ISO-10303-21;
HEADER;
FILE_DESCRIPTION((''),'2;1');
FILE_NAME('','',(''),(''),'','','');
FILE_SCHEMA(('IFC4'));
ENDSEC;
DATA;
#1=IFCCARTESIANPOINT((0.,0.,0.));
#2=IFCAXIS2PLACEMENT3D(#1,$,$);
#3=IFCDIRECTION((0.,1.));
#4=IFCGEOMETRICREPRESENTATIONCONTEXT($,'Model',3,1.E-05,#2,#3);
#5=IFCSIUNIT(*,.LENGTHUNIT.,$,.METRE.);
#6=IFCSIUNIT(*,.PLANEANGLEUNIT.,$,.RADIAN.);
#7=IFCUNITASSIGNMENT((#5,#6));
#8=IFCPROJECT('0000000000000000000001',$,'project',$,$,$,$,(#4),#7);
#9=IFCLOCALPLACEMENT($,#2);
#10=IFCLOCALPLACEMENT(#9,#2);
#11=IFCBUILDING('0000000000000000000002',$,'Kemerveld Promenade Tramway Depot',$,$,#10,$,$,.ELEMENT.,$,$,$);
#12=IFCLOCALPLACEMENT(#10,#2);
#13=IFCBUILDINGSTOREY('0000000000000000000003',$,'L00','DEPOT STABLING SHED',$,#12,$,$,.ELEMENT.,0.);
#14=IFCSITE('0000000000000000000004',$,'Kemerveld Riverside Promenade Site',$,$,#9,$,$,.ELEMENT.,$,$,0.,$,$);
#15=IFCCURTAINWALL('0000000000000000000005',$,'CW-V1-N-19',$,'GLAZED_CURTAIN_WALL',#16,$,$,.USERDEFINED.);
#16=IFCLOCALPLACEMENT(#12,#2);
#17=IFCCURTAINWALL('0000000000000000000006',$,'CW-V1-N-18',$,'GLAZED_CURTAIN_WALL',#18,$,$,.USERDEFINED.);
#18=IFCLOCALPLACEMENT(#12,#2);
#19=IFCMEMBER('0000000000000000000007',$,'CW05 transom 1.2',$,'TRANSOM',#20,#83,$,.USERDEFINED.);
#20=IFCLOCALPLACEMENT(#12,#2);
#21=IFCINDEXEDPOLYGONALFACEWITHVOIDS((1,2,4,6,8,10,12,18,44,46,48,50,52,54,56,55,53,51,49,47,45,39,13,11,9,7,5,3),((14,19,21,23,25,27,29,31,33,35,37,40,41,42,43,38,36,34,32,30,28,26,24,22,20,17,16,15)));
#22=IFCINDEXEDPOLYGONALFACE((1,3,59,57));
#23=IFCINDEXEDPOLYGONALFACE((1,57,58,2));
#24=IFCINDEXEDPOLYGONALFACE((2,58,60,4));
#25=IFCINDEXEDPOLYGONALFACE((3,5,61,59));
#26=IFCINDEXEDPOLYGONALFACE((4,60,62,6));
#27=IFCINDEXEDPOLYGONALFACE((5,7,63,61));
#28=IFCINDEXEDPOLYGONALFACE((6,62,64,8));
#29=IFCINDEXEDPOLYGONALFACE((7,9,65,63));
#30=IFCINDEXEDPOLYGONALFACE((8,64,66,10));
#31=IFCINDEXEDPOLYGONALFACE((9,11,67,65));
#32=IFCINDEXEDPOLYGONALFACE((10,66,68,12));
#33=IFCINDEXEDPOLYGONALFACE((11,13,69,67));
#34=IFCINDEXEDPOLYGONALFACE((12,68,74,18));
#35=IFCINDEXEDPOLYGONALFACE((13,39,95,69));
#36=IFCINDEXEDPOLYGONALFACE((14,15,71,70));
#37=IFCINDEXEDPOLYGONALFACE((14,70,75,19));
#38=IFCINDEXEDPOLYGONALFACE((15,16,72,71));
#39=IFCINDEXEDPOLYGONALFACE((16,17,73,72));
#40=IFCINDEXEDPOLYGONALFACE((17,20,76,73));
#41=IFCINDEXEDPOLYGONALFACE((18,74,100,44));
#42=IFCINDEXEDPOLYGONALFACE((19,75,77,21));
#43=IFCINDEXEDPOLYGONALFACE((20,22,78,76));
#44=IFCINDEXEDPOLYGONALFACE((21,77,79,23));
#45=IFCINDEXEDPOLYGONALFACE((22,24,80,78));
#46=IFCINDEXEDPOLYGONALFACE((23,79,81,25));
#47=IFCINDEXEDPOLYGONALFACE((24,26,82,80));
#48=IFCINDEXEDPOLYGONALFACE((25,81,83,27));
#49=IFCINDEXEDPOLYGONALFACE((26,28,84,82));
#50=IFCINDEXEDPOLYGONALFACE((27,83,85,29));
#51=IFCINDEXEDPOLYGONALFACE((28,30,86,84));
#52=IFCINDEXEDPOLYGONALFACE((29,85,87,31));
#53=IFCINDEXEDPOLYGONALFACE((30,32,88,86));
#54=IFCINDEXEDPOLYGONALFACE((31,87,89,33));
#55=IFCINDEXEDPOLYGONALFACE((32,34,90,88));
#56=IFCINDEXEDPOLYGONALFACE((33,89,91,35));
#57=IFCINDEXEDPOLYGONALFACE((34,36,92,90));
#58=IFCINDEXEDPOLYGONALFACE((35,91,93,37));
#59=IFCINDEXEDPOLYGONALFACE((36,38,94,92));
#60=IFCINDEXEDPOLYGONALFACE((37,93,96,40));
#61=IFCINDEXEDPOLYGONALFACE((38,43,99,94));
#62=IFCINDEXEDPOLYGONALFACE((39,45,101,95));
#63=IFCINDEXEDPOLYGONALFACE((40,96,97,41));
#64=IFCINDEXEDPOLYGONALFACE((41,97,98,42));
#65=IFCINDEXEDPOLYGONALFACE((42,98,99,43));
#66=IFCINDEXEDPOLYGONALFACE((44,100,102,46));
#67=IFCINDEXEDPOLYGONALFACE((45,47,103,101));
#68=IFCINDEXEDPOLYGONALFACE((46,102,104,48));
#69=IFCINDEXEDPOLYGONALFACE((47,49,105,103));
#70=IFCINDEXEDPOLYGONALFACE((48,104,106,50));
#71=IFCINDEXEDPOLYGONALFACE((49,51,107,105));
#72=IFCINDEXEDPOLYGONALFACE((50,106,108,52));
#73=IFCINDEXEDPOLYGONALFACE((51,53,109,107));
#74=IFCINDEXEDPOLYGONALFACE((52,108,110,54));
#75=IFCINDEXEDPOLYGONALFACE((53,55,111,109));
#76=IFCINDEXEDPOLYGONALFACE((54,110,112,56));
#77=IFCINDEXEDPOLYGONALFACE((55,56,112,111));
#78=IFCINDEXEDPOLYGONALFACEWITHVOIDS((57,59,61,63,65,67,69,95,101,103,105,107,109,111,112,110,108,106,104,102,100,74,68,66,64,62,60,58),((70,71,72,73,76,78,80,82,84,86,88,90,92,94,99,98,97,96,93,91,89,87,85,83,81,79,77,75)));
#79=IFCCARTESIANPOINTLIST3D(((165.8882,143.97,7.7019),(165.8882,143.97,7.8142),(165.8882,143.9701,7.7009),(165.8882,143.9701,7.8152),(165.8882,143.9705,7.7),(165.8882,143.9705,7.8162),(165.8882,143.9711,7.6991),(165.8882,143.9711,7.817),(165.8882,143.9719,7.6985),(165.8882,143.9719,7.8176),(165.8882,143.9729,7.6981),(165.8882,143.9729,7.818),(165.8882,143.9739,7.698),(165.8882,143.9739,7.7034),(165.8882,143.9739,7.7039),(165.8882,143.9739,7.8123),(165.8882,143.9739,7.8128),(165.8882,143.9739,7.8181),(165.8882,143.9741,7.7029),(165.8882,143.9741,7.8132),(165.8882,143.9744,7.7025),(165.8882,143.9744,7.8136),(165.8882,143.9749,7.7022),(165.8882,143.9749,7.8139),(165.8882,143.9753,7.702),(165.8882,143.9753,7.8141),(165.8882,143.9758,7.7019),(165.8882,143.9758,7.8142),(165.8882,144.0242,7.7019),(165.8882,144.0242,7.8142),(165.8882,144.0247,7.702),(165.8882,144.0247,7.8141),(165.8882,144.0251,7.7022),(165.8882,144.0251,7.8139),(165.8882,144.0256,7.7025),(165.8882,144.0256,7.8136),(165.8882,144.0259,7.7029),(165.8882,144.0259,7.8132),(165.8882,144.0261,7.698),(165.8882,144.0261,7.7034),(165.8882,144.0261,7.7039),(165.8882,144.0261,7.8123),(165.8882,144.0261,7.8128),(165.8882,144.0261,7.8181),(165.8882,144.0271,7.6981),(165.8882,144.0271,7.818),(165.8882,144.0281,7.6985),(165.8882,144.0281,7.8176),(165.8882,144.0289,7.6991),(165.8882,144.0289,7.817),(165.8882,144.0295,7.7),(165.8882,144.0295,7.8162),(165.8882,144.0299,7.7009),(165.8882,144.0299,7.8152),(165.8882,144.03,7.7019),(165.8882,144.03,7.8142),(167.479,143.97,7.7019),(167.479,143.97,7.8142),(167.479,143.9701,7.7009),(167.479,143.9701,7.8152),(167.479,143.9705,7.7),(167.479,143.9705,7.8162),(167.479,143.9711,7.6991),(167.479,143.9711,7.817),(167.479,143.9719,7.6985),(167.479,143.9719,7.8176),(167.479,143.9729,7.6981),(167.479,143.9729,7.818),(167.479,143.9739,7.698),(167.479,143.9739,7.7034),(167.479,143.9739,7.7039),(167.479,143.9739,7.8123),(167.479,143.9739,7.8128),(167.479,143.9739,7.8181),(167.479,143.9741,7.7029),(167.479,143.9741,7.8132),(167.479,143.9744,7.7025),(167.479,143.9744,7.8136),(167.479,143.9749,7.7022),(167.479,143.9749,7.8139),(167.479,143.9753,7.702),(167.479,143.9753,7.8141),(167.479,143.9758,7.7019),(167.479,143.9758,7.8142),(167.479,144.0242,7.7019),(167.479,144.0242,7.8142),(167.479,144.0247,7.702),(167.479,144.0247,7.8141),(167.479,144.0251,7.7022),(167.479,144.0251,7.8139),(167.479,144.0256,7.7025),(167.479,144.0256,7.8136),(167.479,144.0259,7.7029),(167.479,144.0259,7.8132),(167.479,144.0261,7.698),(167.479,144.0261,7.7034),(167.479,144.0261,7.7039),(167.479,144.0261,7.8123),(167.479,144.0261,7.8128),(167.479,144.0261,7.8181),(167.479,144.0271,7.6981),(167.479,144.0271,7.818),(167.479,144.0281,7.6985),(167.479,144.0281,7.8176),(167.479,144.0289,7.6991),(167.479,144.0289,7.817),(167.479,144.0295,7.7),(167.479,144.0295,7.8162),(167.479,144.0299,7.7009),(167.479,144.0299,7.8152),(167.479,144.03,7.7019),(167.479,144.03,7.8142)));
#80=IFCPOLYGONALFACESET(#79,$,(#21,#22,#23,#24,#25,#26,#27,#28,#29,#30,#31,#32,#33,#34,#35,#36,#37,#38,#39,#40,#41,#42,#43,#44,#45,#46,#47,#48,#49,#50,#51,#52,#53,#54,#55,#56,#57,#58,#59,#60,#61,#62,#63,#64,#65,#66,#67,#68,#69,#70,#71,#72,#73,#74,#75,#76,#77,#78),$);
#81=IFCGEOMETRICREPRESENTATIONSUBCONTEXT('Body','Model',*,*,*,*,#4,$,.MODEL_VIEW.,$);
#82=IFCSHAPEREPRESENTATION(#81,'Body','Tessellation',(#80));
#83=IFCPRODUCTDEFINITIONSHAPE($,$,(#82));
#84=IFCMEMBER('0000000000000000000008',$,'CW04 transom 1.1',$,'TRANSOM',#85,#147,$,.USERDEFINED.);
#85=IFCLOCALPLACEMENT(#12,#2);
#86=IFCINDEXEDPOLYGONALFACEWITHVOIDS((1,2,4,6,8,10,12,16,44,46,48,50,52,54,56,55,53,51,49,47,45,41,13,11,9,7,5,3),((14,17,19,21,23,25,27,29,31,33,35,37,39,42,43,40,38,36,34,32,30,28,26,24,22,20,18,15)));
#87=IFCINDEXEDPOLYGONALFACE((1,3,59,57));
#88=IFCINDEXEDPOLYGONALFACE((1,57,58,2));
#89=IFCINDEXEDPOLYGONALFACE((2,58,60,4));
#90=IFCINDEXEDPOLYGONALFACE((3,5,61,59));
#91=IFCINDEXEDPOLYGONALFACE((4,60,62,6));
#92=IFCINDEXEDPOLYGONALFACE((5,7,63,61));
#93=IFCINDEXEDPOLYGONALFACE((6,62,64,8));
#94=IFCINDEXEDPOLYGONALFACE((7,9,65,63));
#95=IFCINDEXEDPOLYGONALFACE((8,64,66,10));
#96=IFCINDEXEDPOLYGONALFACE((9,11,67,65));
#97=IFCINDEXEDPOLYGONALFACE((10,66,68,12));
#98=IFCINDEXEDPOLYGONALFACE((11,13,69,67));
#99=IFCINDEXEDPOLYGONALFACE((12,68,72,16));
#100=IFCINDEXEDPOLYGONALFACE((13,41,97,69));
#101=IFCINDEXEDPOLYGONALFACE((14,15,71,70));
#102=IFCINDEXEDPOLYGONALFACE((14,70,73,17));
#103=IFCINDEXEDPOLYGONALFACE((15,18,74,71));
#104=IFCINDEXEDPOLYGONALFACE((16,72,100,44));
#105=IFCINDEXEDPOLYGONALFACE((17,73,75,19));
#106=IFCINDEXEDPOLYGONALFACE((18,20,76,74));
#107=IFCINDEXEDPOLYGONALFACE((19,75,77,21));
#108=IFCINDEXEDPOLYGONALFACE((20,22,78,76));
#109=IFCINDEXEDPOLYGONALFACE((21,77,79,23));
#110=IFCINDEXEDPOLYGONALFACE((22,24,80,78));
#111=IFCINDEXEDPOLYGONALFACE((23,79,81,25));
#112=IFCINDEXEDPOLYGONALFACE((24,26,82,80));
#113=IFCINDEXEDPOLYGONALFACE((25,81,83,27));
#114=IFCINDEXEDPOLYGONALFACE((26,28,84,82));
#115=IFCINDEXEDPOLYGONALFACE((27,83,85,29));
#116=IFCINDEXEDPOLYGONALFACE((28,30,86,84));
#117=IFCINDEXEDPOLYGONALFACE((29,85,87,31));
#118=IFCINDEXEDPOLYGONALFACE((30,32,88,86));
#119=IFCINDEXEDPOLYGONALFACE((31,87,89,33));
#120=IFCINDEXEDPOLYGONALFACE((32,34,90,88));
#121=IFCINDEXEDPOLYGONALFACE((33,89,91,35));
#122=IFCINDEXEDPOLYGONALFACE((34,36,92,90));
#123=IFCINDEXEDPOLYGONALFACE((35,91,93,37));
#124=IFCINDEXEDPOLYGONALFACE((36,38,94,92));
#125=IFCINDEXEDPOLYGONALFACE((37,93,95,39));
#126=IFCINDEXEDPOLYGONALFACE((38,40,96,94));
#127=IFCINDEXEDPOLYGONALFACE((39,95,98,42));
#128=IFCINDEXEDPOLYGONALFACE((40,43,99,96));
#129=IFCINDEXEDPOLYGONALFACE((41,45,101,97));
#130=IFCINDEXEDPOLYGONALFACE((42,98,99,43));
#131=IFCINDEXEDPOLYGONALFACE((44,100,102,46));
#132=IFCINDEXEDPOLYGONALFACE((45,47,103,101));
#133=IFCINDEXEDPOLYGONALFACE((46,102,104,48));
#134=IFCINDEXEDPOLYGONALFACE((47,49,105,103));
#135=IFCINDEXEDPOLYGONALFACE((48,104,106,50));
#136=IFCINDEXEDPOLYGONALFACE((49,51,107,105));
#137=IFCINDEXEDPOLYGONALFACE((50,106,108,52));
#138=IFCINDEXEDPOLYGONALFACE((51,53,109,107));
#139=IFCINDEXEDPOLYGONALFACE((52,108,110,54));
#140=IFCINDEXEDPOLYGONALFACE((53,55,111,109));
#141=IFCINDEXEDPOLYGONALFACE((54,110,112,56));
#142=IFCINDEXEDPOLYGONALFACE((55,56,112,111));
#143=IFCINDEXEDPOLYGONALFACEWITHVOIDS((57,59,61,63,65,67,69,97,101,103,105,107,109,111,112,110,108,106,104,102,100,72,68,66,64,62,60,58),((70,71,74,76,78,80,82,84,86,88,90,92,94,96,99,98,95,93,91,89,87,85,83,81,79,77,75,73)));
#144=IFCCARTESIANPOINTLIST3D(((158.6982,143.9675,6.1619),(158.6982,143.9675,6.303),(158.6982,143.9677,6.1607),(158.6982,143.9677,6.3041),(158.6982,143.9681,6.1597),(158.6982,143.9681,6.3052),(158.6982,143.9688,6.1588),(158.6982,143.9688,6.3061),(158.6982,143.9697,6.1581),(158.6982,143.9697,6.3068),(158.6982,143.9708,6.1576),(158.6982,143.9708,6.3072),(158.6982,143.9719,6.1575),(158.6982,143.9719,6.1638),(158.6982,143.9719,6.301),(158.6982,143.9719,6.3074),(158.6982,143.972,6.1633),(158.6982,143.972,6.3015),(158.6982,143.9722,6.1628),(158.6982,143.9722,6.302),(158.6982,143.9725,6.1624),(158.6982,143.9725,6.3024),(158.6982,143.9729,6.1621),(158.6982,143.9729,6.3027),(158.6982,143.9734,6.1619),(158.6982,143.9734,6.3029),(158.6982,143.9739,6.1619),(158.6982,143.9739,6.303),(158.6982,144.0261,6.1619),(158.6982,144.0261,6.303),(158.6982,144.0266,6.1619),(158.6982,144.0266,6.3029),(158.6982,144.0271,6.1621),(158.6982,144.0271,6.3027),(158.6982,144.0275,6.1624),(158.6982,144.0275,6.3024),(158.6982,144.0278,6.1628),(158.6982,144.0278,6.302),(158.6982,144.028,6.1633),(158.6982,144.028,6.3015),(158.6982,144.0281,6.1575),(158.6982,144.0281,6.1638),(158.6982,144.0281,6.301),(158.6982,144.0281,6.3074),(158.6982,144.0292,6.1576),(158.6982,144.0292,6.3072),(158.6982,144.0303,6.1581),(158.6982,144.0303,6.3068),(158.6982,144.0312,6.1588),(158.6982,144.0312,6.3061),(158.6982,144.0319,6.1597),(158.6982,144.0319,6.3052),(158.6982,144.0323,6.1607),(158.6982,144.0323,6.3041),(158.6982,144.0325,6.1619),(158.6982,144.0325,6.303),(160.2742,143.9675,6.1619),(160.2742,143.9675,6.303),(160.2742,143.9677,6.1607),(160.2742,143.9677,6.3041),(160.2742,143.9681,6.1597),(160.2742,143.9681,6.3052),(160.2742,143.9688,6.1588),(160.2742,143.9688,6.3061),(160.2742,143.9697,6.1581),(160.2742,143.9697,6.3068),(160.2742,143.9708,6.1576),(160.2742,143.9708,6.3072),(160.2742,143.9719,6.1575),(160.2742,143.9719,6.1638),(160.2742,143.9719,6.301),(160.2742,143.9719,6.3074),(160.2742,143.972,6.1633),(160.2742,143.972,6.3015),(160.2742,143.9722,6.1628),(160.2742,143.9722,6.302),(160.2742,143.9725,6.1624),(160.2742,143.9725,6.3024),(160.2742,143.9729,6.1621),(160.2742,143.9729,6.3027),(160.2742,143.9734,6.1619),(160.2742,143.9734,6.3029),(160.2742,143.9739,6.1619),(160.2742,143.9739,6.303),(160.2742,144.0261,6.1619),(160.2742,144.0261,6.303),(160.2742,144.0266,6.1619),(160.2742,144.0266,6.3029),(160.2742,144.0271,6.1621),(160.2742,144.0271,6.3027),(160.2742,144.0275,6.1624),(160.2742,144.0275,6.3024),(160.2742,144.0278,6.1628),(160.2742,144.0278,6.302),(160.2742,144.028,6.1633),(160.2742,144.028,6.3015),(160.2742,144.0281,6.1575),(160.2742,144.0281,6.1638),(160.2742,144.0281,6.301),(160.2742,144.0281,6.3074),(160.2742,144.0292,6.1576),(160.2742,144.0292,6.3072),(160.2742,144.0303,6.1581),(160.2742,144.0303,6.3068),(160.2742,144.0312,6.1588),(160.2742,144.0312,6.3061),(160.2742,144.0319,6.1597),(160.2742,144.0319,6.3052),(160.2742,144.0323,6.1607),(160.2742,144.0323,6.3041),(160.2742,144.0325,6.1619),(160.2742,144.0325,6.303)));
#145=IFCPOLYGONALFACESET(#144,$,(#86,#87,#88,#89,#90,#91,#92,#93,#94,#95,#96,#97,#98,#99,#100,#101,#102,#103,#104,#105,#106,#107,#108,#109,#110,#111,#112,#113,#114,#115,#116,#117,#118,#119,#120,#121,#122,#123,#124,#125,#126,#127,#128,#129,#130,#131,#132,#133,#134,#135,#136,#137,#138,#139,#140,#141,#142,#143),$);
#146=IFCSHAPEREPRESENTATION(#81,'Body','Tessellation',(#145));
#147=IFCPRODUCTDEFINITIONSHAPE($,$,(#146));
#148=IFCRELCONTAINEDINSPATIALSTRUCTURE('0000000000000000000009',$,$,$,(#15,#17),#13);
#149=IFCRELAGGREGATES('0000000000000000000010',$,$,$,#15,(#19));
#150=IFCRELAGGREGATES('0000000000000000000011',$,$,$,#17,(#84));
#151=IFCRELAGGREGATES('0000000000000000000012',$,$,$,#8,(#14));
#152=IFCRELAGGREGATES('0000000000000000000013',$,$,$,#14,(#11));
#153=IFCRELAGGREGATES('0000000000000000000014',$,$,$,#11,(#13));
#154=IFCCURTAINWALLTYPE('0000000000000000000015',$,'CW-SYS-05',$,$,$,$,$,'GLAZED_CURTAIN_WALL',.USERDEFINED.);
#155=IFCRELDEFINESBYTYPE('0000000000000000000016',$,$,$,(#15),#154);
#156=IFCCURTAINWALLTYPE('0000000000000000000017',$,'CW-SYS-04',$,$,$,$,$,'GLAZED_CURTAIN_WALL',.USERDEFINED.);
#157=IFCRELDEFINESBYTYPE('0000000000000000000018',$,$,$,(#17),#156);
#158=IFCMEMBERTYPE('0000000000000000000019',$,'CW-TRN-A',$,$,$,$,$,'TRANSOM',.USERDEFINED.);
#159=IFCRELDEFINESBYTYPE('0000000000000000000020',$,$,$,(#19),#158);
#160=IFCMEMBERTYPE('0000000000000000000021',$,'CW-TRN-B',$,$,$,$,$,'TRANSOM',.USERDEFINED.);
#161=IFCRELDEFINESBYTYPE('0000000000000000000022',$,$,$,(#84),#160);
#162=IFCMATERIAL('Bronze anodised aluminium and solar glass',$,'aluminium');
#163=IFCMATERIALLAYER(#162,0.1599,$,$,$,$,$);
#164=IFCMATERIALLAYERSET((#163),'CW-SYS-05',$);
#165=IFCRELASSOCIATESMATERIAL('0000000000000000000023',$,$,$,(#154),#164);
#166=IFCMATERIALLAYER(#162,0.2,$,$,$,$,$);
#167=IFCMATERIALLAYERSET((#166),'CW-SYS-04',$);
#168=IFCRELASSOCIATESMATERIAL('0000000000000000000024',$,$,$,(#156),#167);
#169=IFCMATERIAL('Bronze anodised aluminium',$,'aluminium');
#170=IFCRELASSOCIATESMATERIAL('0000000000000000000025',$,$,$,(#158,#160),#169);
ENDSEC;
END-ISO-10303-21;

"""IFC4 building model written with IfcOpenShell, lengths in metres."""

from ifc_helpers import new_model, si_unit, direction, frame, origin, origin_2d, place, context, subcontext, project, spatial, hollow_rectangle, extrude, material, layer, layer_set, material_profile, profile_set, type_object, element, aggregate, save


model = new_model("IFC4")

# Units and contexts
model_context = context("Model", 3, precision=1e-05, world=origin(), true_north=direction((0.0, 1.0)))
body_context = subcontext(model_context, "Body", "Model", "MODEL_VIEW")
ifc_project = project(units=[si_unit("LENGTHUNIT", "METRE"), si_unit("PLANEANGLEUNIT", "RADIAN")], contexts=[model_context])

# Site, building, storey
site_placement = place(None, origin())
site = spatial("IfcSite", under=ifc_project, at=site_placement, Name="Kemerveld Riverside Promenade Site", CompositionType="ELEMENT", RefElevation=0.0)
building_placement = place(site_placement, origin())
building = spatial("IfcBuilding", under=site, at=building_placement, Name="Kemerveld Promenade Tramway Depot", CompositionType="ELEMENT")
storey_placement = place(building_placement, origin())
storey = spatial("IfcBuildingStorey", under=building, at=storey_placement, Name="L00", Description="DEPOT STABLING SHED", CompositionType="ELEMENT", Elevation=0.0)

# Curtain wall
ifc_material_1 = material(Name="Bronze anodised aluminium and solar glass", Category="aluminium")
ifc_material_2 = material(Name="Bronze anodised aluminium", Category="aluminium")
ifc_layer_1 = layer(ifc_material_1, 0.1599)
ifc_layer_set_1 = layer_set([ifc_layer_1], Name="CW-SYS-05")
curtain_wall_type_1 = type_object("IfcCurtainWallType", Name="CW-SYS-05", ElementType="GLAZED_CURTAIN_WALL", PredefinedType="USERDEFINED", material=ifc_layer_set_1)
curtain_wall_1_placement = place(storey_placement, origin())
curtain_wall_1 = element("IfcCurtainWall", 1, at=curtain_wall_1_placement, inside=storey, type_object=curtain_wall_type_1, Name="CW-V1-N-19", ObjectType="GLAZED_CURTAIN_WALL", PredefinedType="USERDEFINED")

# Curtain wall
ifc_layer_2 = layer(ifc_material_1, 0.2)
ifc_layer_set_2 = layer_set([ifc_layer_2], Name="CW-SYS-04")
curtain_wall_type_2 = type_object("IfcCurtainWallType", Name="CW-SYS-04", ElementType="GLAZED_CURTAIN_WALL", PredefinedType="USERDEFINED", material=ifc_layer_set_2)
curtain_wall_2_placement = place(storey_placement, origin())
curtain_wall_2 = element("IfcCurtainWall", 2, at=curtain_wall_2_placement, inside=storey, type_object=curtain_wall_type_2, Name="CW-V1-N-18", ObjectType="GLAZED_CURTAIN_WALL", PredefinedType="USERDEFINED")

# Members
ifc_material_profile_1 = material_profile(ifc_material_2, hollow_rectangle(XDim=0.0601, YDim=0.1201, WallThickness=0.0039, InnerFilletRadius=0.002, OuterFilletRadius=0.0039, at=origin_2d()), Name="CW-TRN-120x60")
ifc_profile_set_1 = profile_set([ifc_material_profile_1], Name="Bronze anodised aluminium")
member_type_1 = type_object("IfcMemberType", Name="CW-TRN-A", ElementType="TRANSOM", PredefinedType="USERDEFINED", material=ifc_profile_set_1)
member_1_placement = place(storey_placement, frame((165.8882, 144.0, 7.7581), z_axis=(1.0, 0.0, 0.0), x_axis=(0.0, 1.0, 0.0)))
member_1 = element("IfcMember", 3, at=member_1_placement, type_object=member_type_1, Name="CW05 transom 1.2", ObjectType="TRANSOM", PredefinedType="USERDEFINED", context=body_context, shape_type="SweptSolid", body=[
    extrude(hollow_rectangle(XDim=0.0601, YDim=0.1201, WallThickness=0.0039, InnerFilletRadius=0.002, OuterFilletRadius=0.0039, at=origin_2d()), origin(), (0.0, 0.0, 1.0), 1.5908),
])
aggregate(curtain_wall_1, [member_1])
ifc_material_profile_2 = material_profile(ifc_material_2, hollow_rectangle(XDim=0.0649, YDim=0.1499, WallThickness=0.0044, InnerFilletRadius=0.002, OuterFilletRadius=0.0044, at=origin_2d()), Name="CW-TRN-150x65")
ifc_profile_set_2 = profile_set([ifc_material_profile_2], Name="Bronze anodised aluminium")
member_type_2 = type_object("IfcMemberType", Name="CW-TRN-B", ElementType="TRANSOM", PredefinedType="USERDEFINED", material=ifc_profile_set_2)
member_2_placement = place(storey_placement, frame((158.6982, 144.0, 6.2324), z_axis=(1.0, 0.0, 0.0), x_axis=(0.0, 1.0, 0.0)))
member_2 = element("IfcMember", 4, at=member_2_placement, type_object=member_type_2, Name="CW04 transom 1.1", ObjectType="TRANSOM", PredefinedType="USERDEFINED", context=body_context, shape_type="SweptSolid", body=[
    extrude(hollow_rectangle(XDim=0.0649, YDim=0.1499, WallThickness=0.0044, InnerFilletRadius=0.002, OuterFilletRadius=0.0044, at=origin_2d()), origin(), (0.0, 0.0, 1.0), 1.5759),
])

aggregate(curtain_wall_2, [member_2])

save(model, "model.ifc")
